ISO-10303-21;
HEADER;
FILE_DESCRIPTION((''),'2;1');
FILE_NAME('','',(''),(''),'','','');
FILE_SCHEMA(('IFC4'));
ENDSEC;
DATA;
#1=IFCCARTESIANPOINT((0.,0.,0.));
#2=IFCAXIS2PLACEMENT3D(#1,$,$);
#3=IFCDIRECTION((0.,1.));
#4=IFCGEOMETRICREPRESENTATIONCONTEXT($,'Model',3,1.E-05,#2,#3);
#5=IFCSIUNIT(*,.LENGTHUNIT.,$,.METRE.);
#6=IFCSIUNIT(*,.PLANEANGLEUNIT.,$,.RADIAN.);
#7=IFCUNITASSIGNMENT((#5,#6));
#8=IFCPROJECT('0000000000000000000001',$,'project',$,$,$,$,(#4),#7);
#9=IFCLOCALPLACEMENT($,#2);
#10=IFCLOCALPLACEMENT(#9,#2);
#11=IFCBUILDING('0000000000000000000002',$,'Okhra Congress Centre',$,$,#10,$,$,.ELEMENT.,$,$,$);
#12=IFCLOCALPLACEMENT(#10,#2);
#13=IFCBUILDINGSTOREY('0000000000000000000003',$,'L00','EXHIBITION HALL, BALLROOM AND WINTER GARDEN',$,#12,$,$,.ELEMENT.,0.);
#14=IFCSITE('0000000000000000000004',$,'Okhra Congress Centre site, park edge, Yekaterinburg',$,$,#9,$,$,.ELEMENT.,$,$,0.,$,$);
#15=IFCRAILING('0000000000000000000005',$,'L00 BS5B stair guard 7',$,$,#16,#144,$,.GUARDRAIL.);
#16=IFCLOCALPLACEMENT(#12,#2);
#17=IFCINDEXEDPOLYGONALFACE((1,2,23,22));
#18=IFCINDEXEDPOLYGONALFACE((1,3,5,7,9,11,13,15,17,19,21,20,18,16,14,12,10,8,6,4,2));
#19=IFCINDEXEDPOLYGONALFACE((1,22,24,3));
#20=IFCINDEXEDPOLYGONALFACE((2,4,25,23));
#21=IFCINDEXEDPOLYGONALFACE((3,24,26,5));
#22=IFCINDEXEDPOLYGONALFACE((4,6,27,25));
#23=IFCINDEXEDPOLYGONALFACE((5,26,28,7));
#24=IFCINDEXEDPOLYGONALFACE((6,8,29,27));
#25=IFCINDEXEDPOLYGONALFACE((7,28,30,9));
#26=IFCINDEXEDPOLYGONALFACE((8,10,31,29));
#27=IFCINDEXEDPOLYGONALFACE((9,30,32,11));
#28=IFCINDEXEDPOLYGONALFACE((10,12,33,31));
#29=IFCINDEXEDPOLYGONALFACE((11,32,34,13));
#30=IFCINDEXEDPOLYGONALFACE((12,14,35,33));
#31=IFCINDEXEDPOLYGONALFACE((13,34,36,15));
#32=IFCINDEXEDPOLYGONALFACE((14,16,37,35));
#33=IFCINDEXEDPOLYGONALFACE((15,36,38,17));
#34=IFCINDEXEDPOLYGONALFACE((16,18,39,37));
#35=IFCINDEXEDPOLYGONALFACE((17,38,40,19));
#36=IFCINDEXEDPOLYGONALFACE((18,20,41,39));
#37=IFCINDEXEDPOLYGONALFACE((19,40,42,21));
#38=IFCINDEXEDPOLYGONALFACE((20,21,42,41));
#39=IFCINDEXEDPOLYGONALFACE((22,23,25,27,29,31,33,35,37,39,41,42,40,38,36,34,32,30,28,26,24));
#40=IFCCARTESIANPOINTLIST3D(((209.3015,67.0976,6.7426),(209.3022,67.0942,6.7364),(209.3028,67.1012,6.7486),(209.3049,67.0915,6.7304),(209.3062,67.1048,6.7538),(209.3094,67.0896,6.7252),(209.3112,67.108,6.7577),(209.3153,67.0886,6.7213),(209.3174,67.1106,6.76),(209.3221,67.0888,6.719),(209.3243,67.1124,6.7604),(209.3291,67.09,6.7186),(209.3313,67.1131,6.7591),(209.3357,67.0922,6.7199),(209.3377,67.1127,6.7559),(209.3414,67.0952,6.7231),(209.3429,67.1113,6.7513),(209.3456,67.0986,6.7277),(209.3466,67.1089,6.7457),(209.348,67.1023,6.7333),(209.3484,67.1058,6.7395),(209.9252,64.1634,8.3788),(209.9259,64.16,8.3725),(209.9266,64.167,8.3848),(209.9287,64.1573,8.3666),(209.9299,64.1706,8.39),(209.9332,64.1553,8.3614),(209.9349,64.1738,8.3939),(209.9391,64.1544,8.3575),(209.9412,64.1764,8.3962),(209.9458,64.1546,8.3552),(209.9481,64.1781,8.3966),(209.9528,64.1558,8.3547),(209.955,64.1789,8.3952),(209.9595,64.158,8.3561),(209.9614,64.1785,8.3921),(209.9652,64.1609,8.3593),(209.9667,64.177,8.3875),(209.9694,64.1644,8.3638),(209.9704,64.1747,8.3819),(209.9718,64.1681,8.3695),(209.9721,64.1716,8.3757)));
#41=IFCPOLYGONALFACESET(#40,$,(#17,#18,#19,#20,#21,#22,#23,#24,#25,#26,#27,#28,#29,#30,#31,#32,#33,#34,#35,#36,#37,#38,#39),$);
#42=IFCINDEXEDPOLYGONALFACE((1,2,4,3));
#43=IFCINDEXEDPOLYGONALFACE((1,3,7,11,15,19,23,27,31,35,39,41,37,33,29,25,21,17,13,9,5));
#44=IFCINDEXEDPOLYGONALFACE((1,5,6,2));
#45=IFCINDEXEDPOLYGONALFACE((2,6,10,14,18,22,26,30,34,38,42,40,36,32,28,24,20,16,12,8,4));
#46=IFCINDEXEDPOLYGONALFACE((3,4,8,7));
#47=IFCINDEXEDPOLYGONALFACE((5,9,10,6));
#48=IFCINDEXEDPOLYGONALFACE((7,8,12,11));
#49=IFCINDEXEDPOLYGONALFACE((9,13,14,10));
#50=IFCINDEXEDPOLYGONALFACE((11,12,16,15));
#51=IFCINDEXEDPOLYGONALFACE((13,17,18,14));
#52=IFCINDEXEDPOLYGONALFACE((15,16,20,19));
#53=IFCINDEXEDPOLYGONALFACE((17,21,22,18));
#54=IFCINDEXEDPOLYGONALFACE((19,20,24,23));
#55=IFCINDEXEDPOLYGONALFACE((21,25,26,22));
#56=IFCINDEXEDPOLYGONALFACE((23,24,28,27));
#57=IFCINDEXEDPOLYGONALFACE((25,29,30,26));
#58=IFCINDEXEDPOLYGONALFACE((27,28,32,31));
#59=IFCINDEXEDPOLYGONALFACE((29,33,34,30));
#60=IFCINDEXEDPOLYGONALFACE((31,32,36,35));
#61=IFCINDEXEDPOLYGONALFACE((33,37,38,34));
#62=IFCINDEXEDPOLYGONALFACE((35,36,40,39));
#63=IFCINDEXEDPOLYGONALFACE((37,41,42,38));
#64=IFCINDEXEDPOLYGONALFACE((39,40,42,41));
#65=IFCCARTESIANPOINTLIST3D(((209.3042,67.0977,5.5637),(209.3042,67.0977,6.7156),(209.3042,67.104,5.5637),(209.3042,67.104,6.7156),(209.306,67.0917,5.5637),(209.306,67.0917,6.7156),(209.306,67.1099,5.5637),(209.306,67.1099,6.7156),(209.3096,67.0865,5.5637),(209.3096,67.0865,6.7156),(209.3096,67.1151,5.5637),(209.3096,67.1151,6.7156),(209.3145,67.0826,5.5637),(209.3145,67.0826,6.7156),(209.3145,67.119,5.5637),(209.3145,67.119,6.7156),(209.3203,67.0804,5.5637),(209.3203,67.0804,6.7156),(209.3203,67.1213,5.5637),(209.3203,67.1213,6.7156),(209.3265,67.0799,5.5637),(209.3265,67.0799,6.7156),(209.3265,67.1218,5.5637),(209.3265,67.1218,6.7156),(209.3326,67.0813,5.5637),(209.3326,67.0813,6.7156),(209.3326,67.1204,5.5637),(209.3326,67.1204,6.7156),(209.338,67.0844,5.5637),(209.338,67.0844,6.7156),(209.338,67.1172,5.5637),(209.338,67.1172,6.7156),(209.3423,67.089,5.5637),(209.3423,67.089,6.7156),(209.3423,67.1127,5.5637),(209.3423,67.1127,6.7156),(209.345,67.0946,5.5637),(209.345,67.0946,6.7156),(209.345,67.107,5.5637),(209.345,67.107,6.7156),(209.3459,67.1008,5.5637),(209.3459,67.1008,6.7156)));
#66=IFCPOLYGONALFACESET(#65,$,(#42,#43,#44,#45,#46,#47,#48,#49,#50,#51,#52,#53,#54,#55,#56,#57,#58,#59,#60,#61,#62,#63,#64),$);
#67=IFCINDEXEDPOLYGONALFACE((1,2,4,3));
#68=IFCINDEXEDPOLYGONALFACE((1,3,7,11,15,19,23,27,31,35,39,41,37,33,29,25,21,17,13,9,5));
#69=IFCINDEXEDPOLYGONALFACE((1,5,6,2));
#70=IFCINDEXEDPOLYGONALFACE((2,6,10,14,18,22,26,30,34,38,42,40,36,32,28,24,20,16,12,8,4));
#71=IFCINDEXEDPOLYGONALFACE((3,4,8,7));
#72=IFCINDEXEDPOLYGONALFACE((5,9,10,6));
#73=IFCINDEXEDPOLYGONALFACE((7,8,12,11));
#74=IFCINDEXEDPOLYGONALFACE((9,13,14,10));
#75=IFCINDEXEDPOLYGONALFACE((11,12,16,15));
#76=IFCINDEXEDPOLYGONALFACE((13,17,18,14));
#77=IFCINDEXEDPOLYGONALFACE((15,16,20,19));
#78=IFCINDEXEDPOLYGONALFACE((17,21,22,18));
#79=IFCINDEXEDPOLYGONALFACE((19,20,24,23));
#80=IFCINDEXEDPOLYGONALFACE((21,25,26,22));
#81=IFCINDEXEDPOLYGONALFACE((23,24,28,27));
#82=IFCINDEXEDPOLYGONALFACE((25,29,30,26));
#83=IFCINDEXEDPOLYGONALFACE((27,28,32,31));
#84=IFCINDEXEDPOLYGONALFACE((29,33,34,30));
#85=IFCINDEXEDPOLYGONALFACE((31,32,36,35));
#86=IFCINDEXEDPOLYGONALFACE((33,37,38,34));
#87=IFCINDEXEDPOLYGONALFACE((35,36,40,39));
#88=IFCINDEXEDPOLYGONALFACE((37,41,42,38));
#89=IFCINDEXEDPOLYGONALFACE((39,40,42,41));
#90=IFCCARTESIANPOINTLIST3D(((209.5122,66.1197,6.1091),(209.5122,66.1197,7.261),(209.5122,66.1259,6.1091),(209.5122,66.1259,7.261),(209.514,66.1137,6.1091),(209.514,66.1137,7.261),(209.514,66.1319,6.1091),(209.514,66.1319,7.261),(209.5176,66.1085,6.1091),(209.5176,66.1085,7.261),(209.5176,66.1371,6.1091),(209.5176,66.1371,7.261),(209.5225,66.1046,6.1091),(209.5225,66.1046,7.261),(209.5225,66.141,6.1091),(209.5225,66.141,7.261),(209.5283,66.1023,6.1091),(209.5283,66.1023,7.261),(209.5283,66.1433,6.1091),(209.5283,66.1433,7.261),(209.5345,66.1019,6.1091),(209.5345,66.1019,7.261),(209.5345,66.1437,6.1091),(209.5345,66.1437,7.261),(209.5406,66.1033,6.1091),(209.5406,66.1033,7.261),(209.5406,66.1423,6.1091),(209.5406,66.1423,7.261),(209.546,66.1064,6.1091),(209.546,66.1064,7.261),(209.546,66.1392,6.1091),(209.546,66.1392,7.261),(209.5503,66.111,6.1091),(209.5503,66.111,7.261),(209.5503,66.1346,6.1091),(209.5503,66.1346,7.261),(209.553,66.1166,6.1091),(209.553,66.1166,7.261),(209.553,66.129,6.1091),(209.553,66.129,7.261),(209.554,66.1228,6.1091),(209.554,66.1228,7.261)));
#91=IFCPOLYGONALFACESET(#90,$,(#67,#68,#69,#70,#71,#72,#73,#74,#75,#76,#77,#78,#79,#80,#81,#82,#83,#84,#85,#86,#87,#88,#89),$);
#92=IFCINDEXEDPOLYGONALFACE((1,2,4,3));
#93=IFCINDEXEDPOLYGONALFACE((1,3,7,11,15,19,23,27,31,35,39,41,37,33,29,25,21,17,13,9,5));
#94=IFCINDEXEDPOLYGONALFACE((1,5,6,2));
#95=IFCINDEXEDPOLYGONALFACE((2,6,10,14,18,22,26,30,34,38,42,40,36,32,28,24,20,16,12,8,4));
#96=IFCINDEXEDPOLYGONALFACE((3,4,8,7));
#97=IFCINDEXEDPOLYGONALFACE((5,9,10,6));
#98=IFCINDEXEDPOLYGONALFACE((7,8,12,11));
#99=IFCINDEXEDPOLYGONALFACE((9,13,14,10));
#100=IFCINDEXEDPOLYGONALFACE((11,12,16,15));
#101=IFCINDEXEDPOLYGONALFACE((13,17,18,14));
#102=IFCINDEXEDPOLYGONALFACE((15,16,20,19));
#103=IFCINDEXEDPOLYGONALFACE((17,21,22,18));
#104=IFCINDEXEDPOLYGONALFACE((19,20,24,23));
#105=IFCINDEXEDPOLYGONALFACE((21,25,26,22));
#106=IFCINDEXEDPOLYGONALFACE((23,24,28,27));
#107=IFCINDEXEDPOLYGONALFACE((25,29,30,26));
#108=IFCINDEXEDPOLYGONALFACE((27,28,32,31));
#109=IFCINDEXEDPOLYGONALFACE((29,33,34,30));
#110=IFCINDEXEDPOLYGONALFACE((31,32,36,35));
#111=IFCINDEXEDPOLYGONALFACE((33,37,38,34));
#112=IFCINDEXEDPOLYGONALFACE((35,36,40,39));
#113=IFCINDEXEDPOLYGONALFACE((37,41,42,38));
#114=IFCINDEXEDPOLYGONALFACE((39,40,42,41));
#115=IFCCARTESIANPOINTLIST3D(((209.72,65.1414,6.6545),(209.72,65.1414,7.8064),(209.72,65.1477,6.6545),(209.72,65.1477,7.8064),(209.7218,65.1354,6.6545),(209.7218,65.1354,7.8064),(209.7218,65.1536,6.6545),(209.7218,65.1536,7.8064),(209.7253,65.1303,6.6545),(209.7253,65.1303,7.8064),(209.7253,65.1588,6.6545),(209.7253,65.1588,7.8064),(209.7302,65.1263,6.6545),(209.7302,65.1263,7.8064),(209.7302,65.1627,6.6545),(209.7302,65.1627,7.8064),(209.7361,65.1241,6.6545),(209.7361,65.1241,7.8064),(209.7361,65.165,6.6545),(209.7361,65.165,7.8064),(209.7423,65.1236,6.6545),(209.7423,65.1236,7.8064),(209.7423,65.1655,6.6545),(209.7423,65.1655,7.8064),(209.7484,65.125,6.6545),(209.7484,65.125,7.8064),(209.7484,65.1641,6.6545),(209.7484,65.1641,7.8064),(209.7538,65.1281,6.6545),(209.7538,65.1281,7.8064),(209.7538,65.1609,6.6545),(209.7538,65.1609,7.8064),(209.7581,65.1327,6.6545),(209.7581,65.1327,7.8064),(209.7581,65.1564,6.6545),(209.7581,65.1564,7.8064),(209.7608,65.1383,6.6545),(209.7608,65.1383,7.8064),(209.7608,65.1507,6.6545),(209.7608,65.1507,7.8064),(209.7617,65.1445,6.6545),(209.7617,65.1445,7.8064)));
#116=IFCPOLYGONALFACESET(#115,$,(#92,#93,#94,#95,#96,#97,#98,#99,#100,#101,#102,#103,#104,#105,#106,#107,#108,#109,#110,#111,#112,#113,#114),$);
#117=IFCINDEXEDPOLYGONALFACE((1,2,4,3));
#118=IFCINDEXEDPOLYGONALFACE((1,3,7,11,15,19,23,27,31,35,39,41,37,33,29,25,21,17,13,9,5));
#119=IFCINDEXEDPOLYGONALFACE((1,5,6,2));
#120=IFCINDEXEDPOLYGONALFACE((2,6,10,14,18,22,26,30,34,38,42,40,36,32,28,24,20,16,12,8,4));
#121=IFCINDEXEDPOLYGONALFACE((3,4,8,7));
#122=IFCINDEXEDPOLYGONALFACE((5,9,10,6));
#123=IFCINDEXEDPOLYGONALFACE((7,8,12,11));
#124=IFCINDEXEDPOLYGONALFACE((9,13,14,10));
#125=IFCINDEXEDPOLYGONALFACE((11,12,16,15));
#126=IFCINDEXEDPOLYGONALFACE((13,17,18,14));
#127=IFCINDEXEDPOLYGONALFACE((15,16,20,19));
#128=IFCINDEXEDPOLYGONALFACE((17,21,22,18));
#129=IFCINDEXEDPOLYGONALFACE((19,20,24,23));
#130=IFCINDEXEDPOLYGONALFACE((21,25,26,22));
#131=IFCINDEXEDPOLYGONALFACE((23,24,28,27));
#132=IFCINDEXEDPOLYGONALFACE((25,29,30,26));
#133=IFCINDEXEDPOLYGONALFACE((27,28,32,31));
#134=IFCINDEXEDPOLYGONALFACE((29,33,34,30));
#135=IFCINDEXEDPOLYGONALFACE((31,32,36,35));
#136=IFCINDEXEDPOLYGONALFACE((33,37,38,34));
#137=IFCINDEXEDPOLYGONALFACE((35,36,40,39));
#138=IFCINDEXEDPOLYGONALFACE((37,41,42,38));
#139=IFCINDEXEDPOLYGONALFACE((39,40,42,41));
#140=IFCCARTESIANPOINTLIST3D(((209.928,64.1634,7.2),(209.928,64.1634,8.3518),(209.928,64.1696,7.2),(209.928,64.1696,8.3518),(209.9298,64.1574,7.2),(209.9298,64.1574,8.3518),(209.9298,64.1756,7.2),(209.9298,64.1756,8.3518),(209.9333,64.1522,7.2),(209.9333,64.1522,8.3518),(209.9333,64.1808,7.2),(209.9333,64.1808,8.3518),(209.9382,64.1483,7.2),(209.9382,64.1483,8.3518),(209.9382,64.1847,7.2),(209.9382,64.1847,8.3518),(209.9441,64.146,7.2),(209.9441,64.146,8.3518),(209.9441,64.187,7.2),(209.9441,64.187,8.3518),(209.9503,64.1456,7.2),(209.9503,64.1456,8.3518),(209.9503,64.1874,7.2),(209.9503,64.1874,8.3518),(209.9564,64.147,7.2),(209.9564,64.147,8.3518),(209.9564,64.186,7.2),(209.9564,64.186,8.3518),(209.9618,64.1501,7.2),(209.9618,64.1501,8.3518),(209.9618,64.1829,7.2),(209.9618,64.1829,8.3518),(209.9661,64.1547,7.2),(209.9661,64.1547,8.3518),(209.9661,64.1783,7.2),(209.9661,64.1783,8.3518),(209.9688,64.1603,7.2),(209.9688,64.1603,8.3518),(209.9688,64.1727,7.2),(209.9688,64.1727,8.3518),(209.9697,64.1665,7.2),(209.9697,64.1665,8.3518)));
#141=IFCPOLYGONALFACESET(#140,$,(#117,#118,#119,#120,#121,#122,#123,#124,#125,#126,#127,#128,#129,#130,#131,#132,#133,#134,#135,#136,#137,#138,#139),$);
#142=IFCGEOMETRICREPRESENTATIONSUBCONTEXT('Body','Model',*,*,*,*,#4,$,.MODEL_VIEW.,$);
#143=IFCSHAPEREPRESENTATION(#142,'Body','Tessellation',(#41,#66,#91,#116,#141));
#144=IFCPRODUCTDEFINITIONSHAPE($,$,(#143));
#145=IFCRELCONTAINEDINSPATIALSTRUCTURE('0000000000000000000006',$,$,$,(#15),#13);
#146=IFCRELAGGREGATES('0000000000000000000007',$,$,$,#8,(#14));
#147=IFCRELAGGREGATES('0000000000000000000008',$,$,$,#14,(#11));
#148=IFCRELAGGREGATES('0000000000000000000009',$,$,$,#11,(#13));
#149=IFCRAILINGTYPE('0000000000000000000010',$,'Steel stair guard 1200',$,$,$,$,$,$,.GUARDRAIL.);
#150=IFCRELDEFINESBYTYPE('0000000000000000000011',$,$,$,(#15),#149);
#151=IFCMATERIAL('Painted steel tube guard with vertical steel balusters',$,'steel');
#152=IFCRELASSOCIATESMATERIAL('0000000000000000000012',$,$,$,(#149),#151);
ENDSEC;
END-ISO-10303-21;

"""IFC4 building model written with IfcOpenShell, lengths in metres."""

from ifc_helpers import new_model, si_unit, direction, frame, origin, origin_2d, place, context, subcontext, project, spatial, circle, extrude, material, type_object, element, save


model = new_model("IFC4")

# Units and contexts
model_context = context("Model", 3, precision=1e-05, world=origin(), true_north=direction((0.0, 1.0)))
body_context = subcontext(model_context, "Body", "Model", "MODEL_VIEW")
ifc_project = project(units=[si_unit("LENGTHUNIT", "METRE"), si_unit("PLANEANGLEUNIT", "RADIAN")], contexts=[model_context])

# Site, building, storey
site_placement = place(None, origin())
site = spatial("IfcSite", under=ifc_project, at=site_placement, Name="Okhra Congress Centre site, park edge, Yekaterinburg", CompositionType="ELEMENT", RefElevation=0.0)
building_placement = place(site_placement, origin())
building = spatial("IfcBuilding", under=site, at=building_placement, Name="Okhra Congress Centre", CompositionType="ELEMENT")
storey_placement = place(building_placement, origin())
storey = spatial("IfcBuildingStorey", under=building, at=storey_placement, Name="L00", Description="EXHIBITION HALL, BALLROOM AND WINTER GARDEN", CompositionType="ELEMENT", Elevation=0.0)

# Railing
ifc_material_1 = material(Name="Painted steel tube guard with vertical steel balusters", Category="steel")
railing_type_1 = type_object("IfcRailingType", Name="Steel stair guard 1200", PredefinedType="GUARDRAIL", material=ifc_material_1)
railing_1_placement = place(storey_placement, frame((209.325, 67.1008, 5.5637)))
element("IfcRailing", 1, at=railing_1_placement, inside=storey, type_object=railing_type_1, Name="L00 BS5B stair guard 7", PredefinedType="GUARDRAIL", context=body_context, shape_type="SweptSolid", body=[
    extrude(circle(Radius=0.0239, at=origin_2d()), frame((0.0, 0.0, 1.1758), z_axis=(0.182546, -0.858716, 0.478835), x_axis=(0.978143, 0.207934, 0.0)), (0.0, 0.0, 1.0), 3.417),
    extrude(circle(Radius=0.021, at=origin_2d()), origin(), (0.0, 0.0, 1.0), 1.1519),
    extrude(circle(Radius=0.021, at=origin_2d()), frame((0.208, -0.978, 0.5454)), (0.0, 0.0, 1.0), 1.1519),
    extrude(circle(Radius=0.021, at=origin_2d()), frame((0.4158, -1.9563, 1.0908)), (0.0, 0.0, 1.0), 1.1519),
    extrude(circle(Radius=0.021, at=origin_2d()), frame((0.6238, -2.9343, 1.6362)), (0.0, 0.0, 1.0), 1.1519),
])

save(model, "model.ifc")
